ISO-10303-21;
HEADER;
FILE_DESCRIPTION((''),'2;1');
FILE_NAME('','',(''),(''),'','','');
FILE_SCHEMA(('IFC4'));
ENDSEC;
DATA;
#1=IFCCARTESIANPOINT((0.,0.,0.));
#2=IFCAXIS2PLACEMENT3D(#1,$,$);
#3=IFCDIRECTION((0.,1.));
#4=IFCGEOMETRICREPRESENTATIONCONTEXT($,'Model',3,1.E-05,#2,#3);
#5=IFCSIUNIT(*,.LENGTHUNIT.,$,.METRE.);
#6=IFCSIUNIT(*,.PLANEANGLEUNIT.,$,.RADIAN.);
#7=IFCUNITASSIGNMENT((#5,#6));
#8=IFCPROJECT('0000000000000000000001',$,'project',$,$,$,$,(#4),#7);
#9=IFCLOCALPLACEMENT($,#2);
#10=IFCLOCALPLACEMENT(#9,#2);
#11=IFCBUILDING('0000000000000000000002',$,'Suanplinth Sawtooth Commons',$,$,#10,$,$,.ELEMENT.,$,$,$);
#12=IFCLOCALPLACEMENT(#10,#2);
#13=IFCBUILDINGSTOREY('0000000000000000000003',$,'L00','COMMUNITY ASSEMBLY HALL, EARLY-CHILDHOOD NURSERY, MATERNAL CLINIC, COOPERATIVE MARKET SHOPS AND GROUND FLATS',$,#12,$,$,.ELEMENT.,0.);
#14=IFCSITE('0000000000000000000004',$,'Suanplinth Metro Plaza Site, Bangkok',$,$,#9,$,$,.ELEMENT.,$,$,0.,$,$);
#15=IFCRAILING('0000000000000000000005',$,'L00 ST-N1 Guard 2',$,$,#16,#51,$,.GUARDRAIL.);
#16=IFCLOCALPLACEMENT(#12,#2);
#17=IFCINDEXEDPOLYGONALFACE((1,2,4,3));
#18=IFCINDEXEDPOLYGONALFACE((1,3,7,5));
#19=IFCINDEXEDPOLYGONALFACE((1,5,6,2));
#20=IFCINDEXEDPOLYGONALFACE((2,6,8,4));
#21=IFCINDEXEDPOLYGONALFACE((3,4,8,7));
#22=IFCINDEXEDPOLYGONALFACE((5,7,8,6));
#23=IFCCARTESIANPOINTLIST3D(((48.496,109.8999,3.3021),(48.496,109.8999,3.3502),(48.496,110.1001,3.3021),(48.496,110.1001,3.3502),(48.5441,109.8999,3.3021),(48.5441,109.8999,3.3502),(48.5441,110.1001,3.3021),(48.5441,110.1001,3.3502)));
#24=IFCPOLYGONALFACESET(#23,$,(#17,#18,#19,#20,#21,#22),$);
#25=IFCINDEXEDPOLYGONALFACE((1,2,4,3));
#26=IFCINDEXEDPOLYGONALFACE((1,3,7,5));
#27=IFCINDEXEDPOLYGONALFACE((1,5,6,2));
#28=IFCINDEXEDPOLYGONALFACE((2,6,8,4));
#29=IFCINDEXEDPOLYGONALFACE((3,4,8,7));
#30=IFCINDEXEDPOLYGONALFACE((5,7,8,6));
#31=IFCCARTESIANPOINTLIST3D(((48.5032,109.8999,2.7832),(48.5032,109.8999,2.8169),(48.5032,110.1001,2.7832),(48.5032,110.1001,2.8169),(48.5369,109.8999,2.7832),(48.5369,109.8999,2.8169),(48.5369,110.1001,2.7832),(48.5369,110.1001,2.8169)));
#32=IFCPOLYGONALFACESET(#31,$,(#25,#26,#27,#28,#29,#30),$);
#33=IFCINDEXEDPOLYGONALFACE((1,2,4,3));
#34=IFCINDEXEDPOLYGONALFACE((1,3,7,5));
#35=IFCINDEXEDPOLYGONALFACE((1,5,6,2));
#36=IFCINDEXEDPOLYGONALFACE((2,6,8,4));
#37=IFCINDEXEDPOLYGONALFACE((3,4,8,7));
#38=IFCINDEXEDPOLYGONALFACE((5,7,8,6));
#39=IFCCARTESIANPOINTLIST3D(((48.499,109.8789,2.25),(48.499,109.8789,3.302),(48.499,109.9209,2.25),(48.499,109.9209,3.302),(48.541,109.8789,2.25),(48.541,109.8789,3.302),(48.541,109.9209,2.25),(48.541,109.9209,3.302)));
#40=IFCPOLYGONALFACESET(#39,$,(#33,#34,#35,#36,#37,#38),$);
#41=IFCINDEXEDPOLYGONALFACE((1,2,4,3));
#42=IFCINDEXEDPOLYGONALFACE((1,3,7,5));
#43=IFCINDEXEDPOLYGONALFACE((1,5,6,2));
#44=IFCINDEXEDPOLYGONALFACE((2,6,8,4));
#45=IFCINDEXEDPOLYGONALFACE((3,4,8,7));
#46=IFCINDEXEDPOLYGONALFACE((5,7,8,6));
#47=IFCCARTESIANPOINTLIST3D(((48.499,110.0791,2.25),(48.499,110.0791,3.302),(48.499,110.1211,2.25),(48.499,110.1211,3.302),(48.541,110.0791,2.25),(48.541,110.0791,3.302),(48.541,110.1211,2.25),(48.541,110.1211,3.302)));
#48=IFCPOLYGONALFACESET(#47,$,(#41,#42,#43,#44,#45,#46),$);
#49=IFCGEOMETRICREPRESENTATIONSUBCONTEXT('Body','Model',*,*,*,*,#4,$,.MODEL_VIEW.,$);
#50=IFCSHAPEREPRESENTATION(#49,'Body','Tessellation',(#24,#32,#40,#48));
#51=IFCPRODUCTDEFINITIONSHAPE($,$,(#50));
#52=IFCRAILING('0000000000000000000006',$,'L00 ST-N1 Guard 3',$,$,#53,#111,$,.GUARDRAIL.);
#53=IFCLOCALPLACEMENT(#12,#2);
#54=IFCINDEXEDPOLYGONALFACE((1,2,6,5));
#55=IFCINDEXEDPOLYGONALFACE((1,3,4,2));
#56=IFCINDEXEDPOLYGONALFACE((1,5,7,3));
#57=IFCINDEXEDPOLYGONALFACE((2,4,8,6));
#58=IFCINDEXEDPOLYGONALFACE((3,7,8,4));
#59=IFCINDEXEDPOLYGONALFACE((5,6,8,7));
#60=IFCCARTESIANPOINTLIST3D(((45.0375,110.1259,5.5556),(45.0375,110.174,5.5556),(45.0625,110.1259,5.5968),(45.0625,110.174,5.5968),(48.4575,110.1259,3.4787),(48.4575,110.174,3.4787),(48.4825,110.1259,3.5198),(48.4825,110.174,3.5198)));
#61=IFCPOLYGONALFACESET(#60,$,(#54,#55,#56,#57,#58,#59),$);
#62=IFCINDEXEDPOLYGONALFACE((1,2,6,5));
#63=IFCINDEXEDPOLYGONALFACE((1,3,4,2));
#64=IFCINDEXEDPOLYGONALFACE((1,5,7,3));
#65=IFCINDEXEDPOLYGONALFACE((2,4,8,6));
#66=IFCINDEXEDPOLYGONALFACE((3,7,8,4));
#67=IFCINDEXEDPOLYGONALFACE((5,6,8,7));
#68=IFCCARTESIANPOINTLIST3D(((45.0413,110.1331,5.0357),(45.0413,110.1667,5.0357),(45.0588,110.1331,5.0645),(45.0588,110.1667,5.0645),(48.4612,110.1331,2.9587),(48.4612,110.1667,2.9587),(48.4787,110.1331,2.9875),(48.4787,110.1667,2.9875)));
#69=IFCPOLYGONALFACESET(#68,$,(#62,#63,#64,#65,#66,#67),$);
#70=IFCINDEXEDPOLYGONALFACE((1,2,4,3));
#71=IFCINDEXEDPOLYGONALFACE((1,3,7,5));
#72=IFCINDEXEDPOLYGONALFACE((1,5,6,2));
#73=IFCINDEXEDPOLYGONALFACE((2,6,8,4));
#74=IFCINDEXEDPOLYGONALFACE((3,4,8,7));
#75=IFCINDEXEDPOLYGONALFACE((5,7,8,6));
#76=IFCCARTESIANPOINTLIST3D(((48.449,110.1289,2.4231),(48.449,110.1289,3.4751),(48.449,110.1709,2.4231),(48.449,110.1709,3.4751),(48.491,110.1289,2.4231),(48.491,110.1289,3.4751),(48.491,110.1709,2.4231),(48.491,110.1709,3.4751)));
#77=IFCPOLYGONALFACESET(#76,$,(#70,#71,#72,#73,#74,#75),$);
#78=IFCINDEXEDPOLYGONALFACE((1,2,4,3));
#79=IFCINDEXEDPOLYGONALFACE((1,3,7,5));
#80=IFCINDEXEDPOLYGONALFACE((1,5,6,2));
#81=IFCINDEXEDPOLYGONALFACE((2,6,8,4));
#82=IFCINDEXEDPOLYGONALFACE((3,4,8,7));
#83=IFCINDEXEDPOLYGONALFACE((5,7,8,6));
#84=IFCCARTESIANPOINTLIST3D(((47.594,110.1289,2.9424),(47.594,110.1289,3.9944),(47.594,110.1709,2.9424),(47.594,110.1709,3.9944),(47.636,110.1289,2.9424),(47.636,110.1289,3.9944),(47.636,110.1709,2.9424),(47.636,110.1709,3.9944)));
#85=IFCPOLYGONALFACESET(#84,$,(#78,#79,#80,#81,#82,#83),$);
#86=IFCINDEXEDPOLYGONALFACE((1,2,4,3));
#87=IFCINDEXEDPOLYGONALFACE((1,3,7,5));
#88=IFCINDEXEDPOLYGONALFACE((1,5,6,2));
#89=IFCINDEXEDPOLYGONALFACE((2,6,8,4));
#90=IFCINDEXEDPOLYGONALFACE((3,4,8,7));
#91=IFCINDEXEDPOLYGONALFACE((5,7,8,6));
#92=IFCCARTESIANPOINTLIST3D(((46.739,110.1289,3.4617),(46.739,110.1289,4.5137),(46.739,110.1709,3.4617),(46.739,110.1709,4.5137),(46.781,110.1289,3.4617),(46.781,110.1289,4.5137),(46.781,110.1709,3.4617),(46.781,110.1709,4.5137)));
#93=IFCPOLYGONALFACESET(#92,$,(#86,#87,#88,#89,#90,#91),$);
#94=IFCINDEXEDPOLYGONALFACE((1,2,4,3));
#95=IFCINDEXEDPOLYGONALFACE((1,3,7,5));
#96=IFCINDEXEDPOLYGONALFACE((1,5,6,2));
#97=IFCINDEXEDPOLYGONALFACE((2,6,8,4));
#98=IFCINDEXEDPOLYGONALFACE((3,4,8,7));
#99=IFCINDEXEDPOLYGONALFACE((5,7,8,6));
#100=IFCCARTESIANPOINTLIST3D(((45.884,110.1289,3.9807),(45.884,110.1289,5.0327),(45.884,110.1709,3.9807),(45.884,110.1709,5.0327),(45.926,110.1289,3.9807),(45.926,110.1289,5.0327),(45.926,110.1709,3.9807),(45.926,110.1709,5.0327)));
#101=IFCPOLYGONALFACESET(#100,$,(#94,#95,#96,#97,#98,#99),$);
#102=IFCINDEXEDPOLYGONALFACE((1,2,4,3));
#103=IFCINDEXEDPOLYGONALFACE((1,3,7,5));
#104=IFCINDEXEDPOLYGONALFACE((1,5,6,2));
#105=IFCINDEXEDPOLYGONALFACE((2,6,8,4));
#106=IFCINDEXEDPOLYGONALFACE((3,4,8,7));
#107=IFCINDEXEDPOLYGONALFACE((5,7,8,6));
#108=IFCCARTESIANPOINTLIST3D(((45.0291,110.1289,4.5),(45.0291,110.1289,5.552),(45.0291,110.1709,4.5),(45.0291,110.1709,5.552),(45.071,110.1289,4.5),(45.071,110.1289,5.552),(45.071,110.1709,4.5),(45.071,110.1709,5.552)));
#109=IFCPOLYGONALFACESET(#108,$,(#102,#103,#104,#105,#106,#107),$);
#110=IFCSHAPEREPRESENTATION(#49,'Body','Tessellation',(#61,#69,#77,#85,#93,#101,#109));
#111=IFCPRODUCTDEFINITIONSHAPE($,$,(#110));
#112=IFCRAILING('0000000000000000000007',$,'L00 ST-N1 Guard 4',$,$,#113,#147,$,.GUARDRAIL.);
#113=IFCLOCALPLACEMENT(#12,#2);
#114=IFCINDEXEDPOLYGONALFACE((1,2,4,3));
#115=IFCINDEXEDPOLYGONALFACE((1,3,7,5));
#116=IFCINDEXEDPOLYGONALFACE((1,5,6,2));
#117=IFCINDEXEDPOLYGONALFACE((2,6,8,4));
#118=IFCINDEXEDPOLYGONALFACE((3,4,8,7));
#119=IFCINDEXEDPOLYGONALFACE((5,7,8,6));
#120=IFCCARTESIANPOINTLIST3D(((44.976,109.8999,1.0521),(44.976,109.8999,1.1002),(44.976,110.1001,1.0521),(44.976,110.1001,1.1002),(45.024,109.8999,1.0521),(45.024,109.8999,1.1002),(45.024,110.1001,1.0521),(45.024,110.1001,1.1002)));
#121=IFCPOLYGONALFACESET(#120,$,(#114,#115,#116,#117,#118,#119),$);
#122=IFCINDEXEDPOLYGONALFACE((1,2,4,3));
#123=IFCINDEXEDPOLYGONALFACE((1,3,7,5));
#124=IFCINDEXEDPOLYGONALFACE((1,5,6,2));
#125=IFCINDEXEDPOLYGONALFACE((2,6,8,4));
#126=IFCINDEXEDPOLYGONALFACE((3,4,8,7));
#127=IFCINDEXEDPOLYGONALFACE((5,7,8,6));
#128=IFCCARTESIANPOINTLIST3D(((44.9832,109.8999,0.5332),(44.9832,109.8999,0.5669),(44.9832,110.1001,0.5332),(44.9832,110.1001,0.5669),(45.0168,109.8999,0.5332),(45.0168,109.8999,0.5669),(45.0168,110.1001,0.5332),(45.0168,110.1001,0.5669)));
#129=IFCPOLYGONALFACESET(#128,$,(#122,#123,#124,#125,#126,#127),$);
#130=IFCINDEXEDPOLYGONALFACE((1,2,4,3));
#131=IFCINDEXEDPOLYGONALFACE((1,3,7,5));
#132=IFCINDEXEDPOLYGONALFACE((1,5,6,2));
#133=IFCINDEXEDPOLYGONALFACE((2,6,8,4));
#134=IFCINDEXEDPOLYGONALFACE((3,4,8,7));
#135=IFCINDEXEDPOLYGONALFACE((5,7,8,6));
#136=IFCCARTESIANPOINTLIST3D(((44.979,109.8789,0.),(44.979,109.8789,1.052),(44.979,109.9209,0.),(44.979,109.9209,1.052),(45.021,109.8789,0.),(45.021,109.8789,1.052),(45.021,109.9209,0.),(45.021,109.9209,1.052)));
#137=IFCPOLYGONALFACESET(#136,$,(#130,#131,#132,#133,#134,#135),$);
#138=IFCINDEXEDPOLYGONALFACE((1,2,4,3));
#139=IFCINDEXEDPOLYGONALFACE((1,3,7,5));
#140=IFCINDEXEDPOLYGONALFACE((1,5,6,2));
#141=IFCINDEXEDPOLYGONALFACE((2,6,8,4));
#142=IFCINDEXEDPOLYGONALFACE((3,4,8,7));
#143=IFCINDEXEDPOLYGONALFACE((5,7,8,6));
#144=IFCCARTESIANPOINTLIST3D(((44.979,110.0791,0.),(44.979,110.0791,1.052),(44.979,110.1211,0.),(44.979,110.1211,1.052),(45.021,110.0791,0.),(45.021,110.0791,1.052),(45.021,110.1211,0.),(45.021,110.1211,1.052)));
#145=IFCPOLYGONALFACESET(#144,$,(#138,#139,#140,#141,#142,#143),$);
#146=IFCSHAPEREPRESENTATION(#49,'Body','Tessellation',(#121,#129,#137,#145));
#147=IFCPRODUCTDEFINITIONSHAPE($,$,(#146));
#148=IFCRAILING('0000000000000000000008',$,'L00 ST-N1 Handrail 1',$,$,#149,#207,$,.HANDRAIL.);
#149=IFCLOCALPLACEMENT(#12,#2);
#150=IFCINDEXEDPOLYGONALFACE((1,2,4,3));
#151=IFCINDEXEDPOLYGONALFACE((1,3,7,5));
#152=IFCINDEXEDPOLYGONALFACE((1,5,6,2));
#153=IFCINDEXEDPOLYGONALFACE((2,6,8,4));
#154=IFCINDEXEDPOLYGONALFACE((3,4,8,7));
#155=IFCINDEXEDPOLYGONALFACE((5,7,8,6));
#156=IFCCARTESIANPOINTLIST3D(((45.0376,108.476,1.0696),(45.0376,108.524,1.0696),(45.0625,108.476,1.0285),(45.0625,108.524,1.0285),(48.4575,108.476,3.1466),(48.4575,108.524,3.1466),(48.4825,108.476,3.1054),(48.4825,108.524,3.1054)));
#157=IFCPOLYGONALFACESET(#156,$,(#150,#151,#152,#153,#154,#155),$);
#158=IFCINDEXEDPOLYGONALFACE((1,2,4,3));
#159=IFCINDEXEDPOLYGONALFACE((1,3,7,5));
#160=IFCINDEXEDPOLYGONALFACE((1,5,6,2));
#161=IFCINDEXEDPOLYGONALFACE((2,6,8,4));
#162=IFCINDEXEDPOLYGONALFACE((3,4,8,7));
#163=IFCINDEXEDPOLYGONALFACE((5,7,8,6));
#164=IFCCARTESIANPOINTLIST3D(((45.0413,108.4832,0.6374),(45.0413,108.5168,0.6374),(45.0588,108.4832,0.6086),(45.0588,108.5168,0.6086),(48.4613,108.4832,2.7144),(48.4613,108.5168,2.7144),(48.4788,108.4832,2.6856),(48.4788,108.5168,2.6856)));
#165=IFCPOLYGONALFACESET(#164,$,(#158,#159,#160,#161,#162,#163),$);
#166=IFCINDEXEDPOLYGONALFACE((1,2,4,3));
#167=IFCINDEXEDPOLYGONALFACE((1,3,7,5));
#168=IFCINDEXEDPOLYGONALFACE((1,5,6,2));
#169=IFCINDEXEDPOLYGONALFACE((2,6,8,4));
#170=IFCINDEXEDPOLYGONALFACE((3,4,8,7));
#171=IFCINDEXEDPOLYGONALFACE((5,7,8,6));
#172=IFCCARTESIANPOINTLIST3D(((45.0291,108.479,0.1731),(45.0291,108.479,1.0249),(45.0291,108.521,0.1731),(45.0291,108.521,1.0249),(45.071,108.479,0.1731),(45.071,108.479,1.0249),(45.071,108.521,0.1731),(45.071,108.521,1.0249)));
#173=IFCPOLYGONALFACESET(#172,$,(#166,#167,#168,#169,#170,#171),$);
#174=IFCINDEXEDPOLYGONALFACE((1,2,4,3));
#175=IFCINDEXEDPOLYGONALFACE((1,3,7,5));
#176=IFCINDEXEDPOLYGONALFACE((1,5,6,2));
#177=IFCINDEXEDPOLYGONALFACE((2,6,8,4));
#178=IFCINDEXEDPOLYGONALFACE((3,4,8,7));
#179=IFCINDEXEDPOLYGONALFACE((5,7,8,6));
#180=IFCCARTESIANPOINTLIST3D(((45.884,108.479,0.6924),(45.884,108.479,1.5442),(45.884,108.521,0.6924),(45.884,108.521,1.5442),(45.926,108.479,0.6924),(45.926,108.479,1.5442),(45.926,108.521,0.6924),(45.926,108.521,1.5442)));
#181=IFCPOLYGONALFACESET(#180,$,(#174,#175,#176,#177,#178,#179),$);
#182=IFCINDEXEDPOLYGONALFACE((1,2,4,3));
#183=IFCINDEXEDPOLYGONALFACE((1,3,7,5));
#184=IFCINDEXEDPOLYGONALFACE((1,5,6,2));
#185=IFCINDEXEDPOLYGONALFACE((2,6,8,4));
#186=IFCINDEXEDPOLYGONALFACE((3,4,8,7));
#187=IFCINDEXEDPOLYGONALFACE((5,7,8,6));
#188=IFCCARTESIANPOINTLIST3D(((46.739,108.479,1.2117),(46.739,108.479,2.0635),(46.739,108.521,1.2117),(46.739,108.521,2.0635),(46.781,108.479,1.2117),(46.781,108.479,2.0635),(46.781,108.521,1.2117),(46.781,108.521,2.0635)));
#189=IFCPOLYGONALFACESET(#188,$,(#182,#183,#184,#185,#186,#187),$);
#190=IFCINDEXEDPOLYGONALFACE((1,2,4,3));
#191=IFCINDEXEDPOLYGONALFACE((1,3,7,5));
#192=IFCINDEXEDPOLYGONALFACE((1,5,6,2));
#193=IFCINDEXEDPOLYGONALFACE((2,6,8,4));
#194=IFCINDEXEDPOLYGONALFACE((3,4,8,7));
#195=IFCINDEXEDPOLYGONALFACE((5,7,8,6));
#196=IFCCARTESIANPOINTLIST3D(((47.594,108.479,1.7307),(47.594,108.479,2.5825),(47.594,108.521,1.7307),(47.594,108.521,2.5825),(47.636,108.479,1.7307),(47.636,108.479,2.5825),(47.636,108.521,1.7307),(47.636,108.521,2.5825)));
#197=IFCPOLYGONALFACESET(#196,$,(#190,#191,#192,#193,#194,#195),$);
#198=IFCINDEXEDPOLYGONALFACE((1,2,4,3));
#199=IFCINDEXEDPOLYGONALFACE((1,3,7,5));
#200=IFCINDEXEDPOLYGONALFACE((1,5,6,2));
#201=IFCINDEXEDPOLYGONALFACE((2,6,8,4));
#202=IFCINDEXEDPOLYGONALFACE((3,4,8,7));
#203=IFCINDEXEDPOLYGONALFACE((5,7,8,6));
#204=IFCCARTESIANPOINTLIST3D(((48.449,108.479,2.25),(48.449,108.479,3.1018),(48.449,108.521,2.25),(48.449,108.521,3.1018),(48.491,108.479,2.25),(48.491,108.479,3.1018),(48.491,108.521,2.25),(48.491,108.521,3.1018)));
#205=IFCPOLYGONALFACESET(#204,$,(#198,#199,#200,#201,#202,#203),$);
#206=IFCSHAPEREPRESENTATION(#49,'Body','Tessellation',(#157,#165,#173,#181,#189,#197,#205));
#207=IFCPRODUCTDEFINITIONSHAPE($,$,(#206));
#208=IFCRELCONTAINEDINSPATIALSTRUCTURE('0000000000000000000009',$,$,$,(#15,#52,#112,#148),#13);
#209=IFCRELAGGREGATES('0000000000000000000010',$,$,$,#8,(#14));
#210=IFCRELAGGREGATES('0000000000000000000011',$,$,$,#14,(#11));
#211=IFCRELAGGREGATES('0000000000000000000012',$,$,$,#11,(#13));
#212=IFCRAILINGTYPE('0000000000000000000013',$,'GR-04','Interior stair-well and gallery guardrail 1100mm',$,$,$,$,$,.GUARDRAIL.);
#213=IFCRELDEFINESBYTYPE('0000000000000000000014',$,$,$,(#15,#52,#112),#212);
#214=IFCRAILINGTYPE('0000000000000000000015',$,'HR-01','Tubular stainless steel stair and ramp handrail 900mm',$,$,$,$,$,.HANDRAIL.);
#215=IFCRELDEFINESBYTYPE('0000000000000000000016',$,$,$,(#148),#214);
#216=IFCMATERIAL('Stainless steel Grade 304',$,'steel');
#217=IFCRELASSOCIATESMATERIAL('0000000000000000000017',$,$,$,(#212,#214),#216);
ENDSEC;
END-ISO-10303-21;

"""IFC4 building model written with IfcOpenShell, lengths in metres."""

from ifc_helpers import new_model, si_unit, direction, frame, origin, origin_2d, place, context, subcontext, project, spatial, rectangle, extrude, material, type_object, element, save


model = new_model("IFC4")

# Units and contexts
model_context = context("Model", 3, precision=1e-05, world=origin(), true_north=direction((0.0, 1.0)))
body_context = subcontext(model_context, "Body", "Model", "MODEL_VIEW")
ifc_project = project(units=[si_unit("LENGTHUNIT", "METRE"), si_unit("PLANEANGLEUNIT", "RADIAN")], contexts=[model_context])

# Site, building, storey
site_placement = place(None, origin())
site = spatial("IfcSite", under=ifc_project, at=site_placement, Name="Suanplinth Metro Plaza Site, Bangkok", CompositionType="ELEMENT", RefElevation=0.0)
building_placement = place(site_placement, origin())
building = spatial("IfcBuilding", under=site, at=building_placement, Name="Suanplinth Sawtooth Commons", CompositionType="ELEMENT")
storey_placement = place(building_placement, origin())
storey = spatial("IfcBuildingStorey", under=building, at=storey_placement, Name="L00", Description="COMMUNITY ASSEMBLY HALL, EARLY-CHILDHOOD NURSERY, MATERNAL CLINIC, COOPERATIVE MARKET SHOPS AND GROUND FLATS", CompositionType="ELEMENT", Elevation=0.0)

# Shared definitions
ifc_material_1 = material(Name="Stainless steel Grade 304", Category="steel")

# Railings
railing_type_1 = type_object("IfcRailingType", Name="GR-04", Description="Interior stair-well and gallery guardrail 1100mm", PredefinedType="GUARDRAIL", material=ifc_material_1)
railing_1_placement = place(storey_placement, frame((48.52, 109.8999, 2.25)))
element("IfcRailing", 1, at=railing_1_placement, inside=storey, type_object=railing_type_1, Name="L00 ST-N1 Guard 2", PredefinedType="GUARDRAIL", context=body_context, shape_type="SweptSolid", body=[
    extrude(rectangle(XDim=0.0481, YDim=0.0481, at=origin_2d()), frame((0.0, 0.0, 1.0762), z_axis=(0.0, 1.0, 0.0), x_axis=(-1.0, 0.0, 0.0)), (0.0, 0.0, 1.0), 0.2002),
    extrude(rectangle(XDim=0.0337, YDim=0.0337, at=origin_2d()), frame((0.0, 0.0, 0.55), z_axis=(0.0, 1.0, 0.0), x_axis=(-1.0, 0.0, 0.0)), (0.0, 0.0, 1.0), 0.2002),
    extrude(rectangle(XDim=0.042, YDim=0.042, at=origin_2d()), origin(), (0.0, 0.0, 1.0), 1.052),
    extrude(rectangle(XDim=0.042, YDim=0.042, at=origin_2d()), frame((0.0, 0.2002, 0.0)), (0.0, 0.0, 1.0), 1.052),
])
railing_2_placement = place(storey_placement, frame((48.47, 110.1499, 2.4231)))
element("IfcRailing", 2, at=railing_2_placement, inside=storey, type_object=railing_type_1, Name="L00 ST-N1 Guard 3", PredefinedType="GUARDRAIL", context=body_context, shape_type="SweptSolid", body=[
    extrude(rectangle(XDim=0.0481, YDim=0.0481, at=origin_2d()), frame((0.0, 0.0, 1.0762), z_axis=(-0.85473, 0.0, 0.519074), x_axis=(0.0, -1.0, 0.0)), (0.0, 0.0, 1.0), 4.0012),
    extrude(rectangle(XDim=0.0337, YDim=0.0337, at=origin_2d()), frame((0.0, 0.0, 0.55), z_axis=(-0.85473, 0.0, 0.519074), x_axis=(0.0, -1.0, 0.0)), (0.0, 0.0, 1.0), 4.0012),
    extrude(rectangle(XDim=0.042, YDim=0.042, at=origin_2d()), origin(), (0.0, 0.0, 1.0), 1.052),
    extrude(rectangle(XDim=0.042, YDim=0.042, at=origin_2d()), frame((-0.855, 0.0, 0.5193)), (0.0, 0.0, 1.0), 1.052),
    extrude(rectangle(XDim=0.042, YDim=0.042, at=origin_2d()), frame((-1.71, 0.0, 1.0386)), (0.0, 0.0, 1.0), 1.052),
    extrude(rectangle(XDim=0.042, YDim=0.042, at=origin_2d()), frame((-2.5649, 0.0, 1.5576)), (0.0, 0.0, 1.0), 1.052),
    extrude(rectangle(XDim=0.042, YDim=0.042, at=origin_2d()), frame((-3.4199, 0.0, 2.0769)), (0.0, 0.0, 1.0), 1.052),
])
railing_3_placement = place(storey_placement, frame((45.0, 109.8999, 0.0)))
element("IfcRailing", 3, at=railing_3_placement, inside=storey, type_object=railing_type_1, Name="L00 ST-N1 Guard 4", PredefinedType="GUARDRAIL", context=body_context, shape_type="SweptSolid", body=[
    extrude(rectangle(XDim=0.0481, YDim=0.0481, at=origin_2d()), frame((0.0, 0.0, 1.0762), z_axis=(0.0, 1.0, 0.0), x_axis=(-1.0, 0.0, 0.0)), (0.0, 0.0, 1.0), 0.2002),
    extrude(rectangle(XDim=0.0337, YDim=0.0337, at=origin_2d()), frame((0.0, 0.0, 0.55), z_axis=(0.0, 1.0, 0.0), x_axis=(-1.0, 0.0, 0.0)), (0.0, 0.0, 1.0), 0.2002),
    extrude(rectangle(XDim=0.042, YDim=0.042, at=origin_2d()), origin(), (0.0, 0.0, 1.0), 1.052),
    extrude(rectangle(XDim=0.042, YDim=0.042, at=origin_2d()), frame((0.0, 0.2002, 0.0)), (0.0, 0.0, 1.0), 1.052),
])
railing_type_2 = type_object("IfcRailingType", Name="HR-01", Description="Tubular stainless steel stair and ramp handrail 900mm", PredefinedType="HANDRAIL", material=ifc_material_1)
railing_4_placement = place(storey_placement, frame((45.05, 108.5, 0.1731)))
element("IfcRailing", 4, at=railing_4_placement, inside=storey, type_object=railing_type_2, Name="L00 ST-N1 Handrail 1", PredefinedType="HANDRAIL", context=body_context, shape_type="SweptSolid", body=[
    extrude(rectangle(XDim=0.0481, YDim=0.0481, at=origin_2d()), frame((0.0, 0.0, 0.876), z_axis=(0.85473, 0.0, 0.519074), x_axis=(0.0, 1.0, 0.0)), (0.0, 0.0, 1.0), 4.0012),
    extrude(rectangle(XDim=0.0337, YDim=0.0337, at=origin_2d()), frame((0.0, 0.0, 0.45), z_axis=(0.85473, 0.0, 0.519074), x_axis=(0.0, 1.0, 0.0)), (0.0, 0.0, 1.0), 4.0012),
    extrude(rectangle(XDim=0.042, YDim=0.042, at=origin_2d()), origin(), (0.0, 0.0, 1.0), 0.8518),
    extrude(rectangle(XDim=0.042, YDim=0.042, at=origin_2d()), frame((0.855, 0.0, 0.5193)), (0.0, 0.0, 1.0), 0.8518),
    extrude(rectangle(XDim=0.042, YDim=0.042, at=origin_2d()), frame((1.71, 0.0, 1.0386)), (0.0, 0.0, 1.0), 0.8518),
    extrude(rectangle(XDim=0.042, YDim=0.042, at=origin_2d()), frame((2.5649, 0.0, 1.5576)), (0.0, 0.0, 1.0), 0.8518),
    extrude(rectangle(XDim=0.042, YDim=0.042, at=origin_2d()), frame((3.4199, 0.0, 2.0769)), (0.0, 0.0, 1.0), 0.8518),
])

save(model, "model.ifc")
